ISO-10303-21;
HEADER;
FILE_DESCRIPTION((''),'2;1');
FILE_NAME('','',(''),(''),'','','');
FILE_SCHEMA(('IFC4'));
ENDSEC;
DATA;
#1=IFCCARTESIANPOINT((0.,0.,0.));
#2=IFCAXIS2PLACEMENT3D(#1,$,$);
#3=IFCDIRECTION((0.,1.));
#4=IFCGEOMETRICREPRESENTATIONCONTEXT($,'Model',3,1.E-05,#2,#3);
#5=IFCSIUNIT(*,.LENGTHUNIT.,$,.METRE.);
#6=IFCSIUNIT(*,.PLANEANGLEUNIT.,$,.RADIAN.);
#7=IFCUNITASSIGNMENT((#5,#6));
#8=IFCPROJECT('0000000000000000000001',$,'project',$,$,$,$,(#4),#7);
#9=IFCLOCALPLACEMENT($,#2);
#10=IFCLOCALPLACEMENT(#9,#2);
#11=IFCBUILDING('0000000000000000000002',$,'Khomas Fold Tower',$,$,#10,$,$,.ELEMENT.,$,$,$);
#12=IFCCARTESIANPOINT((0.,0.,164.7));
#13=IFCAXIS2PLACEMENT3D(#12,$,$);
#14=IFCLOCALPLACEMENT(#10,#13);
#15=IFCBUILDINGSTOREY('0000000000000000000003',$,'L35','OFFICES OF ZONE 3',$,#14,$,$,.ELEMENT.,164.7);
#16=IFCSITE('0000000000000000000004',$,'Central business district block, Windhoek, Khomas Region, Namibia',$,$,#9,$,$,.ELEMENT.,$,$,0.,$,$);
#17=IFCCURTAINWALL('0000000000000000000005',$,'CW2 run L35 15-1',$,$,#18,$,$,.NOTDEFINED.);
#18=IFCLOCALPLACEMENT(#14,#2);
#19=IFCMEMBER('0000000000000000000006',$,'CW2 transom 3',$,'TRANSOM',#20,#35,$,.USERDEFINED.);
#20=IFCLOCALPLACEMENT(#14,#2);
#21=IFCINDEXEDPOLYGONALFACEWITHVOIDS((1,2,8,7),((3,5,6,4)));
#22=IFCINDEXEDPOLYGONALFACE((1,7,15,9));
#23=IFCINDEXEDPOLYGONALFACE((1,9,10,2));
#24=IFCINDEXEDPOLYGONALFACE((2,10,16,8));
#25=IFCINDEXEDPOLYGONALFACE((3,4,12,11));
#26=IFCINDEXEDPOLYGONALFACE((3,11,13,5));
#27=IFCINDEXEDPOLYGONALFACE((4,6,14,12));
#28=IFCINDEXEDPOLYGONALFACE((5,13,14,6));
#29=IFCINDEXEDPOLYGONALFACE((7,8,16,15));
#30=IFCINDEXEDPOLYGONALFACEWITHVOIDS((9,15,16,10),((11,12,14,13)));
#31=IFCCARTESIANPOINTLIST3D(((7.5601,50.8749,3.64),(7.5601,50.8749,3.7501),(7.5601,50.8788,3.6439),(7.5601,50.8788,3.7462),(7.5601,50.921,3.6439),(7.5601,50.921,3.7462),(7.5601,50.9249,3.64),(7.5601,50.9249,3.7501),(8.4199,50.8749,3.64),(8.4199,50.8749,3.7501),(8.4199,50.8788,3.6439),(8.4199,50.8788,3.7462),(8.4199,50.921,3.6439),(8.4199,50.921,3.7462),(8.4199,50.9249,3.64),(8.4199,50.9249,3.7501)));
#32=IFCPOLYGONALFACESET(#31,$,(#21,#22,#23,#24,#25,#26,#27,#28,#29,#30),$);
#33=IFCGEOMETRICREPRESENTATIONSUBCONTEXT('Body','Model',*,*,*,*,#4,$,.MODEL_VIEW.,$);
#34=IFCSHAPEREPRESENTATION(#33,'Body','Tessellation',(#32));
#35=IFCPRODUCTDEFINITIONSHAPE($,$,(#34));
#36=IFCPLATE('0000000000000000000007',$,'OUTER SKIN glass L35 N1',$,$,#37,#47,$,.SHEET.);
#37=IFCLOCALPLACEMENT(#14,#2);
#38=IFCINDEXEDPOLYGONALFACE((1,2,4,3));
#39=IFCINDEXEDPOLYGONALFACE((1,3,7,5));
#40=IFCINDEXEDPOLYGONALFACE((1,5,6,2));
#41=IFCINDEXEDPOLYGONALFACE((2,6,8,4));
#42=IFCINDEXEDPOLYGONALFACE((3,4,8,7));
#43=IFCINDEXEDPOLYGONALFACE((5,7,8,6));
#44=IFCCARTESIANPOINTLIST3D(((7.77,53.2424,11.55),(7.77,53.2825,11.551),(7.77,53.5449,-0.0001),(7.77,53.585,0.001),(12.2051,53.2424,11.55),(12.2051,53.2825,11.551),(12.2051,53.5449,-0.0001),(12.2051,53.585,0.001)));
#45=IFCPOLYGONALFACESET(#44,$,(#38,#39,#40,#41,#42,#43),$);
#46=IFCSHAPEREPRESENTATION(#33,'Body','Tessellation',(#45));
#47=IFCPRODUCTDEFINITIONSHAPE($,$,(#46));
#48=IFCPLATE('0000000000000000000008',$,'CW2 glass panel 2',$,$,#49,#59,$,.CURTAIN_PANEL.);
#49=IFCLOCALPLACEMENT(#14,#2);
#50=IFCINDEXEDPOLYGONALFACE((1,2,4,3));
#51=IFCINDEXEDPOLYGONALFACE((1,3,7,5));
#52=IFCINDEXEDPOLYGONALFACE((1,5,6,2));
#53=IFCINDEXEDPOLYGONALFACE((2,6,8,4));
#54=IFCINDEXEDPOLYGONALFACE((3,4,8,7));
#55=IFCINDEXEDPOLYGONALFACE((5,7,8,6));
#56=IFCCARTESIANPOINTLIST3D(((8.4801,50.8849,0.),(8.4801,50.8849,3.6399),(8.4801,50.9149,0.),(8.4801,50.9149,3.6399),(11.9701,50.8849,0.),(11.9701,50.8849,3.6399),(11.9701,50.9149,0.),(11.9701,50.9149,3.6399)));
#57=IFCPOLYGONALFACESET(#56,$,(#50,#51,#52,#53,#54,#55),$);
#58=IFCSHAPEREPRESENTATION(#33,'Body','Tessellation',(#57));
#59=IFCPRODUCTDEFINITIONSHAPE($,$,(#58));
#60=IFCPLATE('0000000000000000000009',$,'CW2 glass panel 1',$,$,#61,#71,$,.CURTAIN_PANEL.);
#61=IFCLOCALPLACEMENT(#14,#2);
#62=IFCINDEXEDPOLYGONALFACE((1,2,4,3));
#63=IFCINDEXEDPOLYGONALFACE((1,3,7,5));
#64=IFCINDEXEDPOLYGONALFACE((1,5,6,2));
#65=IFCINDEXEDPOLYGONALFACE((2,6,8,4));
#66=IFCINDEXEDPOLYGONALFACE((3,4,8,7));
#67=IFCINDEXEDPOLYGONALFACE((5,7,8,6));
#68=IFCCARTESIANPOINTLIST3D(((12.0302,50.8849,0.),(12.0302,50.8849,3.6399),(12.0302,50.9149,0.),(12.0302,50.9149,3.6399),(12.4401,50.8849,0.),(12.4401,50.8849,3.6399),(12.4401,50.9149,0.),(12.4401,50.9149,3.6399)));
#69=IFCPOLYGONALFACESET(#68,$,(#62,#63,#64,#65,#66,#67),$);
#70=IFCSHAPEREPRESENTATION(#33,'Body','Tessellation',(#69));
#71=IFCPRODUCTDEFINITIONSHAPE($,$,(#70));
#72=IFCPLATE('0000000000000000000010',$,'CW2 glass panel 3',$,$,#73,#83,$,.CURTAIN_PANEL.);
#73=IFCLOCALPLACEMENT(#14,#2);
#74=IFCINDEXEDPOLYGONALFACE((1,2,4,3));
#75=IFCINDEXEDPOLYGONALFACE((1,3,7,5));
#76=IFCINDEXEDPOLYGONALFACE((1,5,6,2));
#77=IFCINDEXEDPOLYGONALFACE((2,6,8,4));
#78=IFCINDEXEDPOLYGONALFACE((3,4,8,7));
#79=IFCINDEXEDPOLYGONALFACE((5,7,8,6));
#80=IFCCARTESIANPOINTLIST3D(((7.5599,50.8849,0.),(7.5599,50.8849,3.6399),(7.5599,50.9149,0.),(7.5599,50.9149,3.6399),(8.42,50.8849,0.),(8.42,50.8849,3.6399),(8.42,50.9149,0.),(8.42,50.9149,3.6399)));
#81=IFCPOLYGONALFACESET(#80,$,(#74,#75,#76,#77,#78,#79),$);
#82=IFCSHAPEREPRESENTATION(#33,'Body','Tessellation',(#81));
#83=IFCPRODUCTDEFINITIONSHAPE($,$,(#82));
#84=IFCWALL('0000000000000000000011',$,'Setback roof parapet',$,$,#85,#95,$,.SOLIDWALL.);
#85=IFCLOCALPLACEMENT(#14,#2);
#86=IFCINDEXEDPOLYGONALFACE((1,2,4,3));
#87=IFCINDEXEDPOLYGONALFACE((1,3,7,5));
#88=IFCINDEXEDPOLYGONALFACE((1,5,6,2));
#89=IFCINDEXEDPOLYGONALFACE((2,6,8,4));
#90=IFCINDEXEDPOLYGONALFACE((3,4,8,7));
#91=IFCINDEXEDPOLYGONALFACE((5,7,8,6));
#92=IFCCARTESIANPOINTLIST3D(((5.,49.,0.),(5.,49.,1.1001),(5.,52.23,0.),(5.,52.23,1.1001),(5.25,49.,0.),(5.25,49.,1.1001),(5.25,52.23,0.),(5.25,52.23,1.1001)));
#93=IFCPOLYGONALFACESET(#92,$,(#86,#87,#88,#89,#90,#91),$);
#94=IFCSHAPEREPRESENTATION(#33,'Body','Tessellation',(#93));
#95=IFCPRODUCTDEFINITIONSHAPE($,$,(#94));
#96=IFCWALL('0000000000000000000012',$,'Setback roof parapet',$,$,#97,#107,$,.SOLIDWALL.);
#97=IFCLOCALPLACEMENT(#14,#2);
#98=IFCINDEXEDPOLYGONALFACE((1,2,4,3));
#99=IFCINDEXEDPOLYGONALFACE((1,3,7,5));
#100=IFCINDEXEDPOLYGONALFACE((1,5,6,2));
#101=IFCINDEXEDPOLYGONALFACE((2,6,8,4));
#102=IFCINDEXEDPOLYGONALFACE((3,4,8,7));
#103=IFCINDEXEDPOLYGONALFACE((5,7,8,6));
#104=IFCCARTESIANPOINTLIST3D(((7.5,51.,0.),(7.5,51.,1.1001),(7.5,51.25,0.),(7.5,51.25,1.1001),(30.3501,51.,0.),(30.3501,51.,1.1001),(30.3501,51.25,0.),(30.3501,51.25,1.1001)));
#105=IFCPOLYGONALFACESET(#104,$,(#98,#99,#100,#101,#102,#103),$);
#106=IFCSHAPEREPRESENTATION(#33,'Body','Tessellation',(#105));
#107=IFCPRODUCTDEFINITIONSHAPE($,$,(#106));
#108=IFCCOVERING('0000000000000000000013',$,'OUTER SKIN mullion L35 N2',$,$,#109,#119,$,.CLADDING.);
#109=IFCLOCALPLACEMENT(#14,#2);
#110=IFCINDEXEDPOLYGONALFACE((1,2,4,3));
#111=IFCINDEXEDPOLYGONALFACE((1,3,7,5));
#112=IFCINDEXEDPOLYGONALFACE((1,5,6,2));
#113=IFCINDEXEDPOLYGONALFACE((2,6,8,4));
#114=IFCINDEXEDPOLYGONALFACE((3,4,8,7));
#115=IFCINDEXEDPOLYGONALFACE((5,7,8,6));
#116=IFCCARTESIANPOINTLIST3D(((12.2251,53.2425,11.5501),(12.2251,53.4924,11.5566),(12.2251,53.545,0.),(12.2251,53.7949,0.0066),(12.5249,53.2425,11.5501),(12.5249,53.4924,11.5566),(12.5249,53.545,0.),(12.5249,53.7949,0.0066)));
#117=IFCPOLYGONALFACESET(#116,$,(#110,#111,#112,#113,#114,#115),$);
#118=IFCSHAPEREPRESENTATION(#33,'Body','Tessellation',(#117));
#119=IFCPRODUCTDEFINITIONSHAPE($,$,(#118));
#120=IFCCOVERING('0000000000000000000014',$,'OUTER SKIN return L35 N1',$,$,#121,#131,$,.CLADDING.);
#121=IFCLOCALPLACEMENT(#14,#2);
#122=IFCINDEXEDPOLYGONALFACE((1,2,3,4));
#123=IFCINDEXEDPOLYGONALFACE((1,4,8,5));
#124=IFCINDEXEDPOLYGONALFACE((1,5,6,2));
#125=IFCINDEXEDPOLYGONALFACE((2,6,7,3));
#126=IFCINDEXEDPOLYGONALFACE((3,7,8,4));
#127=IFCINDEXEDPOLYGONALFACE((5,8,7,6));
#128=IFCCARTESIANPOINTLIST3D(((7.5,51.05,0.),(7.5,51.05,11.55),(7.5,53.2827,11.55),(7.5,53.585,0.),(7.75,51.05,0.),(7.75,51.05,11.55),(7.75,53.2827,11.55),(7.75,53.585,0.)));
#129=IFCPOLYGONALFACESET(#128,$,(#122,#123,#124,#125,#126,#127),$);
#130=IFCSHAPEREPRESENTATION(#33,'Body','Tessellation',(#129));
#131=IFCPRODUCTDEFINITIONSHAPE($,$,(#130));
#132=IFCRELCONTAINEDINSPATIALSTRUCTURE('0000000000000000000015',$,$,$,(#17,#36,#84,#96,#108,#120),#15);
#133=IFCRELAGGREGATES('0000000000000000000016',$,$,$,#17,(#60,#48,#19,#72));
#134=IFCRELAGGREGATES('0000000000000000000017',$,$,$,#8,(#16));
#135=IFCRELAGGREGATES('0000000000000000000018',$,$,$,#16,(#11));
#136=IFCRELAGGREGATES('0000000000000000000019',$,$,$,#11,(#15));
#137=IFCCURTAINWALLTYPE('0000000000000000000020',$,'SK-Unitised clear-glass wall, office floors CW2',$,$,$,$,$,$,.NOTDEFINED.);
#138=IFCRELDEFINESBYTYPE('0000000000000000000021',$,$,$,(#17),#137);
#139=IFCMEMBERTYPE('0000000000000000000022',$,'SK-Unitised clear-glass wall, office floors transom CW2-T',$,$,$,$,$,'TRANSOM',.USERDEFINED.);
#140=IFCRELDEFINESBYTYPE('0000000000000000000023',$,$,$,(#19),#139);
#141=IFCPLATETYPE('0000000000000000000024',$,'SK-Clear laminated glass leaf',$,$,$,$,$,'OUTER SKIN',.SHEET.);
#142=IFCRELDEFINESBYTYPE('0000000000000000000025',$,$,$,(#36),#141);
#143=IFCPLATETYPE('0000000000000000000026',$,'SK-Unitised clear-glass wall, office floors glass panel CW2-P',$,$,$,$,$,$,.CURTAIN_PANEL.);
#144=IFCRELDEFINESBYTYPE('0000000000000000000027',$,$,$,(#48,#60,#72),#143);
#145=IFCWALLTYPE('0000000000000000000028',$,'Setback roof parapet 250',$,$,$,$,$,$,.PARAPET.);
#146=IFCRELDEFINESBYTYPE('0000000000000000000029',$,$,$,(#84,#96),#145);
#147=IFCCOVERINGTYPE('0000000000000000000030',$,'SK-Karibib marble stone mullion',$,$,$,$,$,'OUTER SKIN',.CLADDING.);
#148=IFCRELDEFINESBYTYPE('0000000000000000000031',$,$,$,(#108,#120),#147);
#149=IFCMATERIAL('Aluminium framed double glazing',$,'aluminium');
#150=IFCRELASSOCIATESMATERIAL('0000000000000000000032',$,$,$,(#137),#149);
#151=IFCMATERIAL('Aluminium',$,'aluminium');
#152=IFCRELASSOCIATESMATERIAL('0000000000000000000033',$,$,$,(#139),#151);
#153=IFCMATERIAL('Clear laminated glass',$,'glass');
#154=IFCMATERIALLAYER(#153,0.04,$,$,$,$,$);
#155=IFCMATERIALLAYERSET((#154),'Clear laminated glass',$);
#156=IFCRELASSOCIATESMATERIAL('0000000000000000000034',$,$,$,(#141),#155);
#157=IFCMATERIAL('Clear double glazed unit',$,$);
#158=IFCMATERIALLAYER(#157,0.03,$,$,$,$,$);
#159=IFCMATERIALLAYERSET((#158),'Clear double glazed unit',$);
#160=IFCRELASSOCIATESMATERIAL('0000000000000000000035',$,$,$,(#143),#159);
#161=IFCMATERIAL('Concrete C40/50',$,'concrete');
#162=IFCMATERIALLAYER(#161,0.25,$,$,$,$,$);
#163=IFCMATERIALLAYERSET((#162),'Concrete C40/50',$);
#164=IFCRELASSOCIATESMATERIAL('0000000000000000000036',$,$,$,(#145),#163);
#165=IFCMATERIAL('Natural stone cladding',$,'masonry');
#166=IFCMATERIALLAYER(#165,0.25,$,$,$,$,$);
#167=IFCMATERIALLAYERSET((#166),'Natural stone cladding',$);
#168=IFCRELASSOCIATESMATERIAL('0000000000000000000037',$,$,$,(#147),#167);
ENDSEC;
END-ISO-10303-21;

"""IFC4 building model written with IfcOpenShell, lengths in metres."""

from ifc_helpers import new_model, si_unit, direction, frame, frame_2d, origin, origin_2d, place, context, subcontext, project, spatial, polyline, rectangle, hollow_rectangle, outline, extrude, source, transform, mapped, material, layer, layer_set, material_profile, profile_set, type_object, element, aggregate, save


model = new_model("IFC4")

# Units and contexts
model_context = context("Model", 3, precision=1e-05, world=origin(), true_north=direction((0.0, 1.0)))
body_context = subcontext(model_context, "Body", "Model", "MODEL_VIEW")
ifc_project = project(units=[si_unit("LENGTHUNIT", "METRE"), si_unit("PLANEANGLEUNIT", "RADIAN")], contexts=[model_context])

# Site, building, storey
site_placement = place(None, origin())
site = spatial("IfcSite", under=ifc_project, at=site_placement, Name="Central business district block, Windhoek, Khomas Region, Namibia", CompositionType="ELEMENT", RefElevation=0.0)
building_placement = place(site_placement, origin())
building = spatial("IfcBuilding", under=site, at=building_placement, Name="Khomas Fold Tower", CompositionType="ELEMENT")
storey_placement = place(building_placement, frame((0.0, 0.0, 164.7)))
storey = spatial("IfcBuildingStorey", under=building, at=storey_placement, Name="L35", Description="OFFICES OF ZONE 3", CompositionType="ELEMENT", Elevation=164.7)

# Curtain wall
ifc_material_1 = material(Name="Aluminium framed double glazing", Category="aluminium")
curtain_wall_type = type_object("IfcCurtainWallType", Name="SK-Unitised clear-glass wall, office floors CW2", PredefinedType="NOTDEFINED", material=ifc_material_1)
curtain_wall_1_placement = place(storey_placement, origin())
curtain_wall_1 = element("IfcCurtainWall", 1, at=curtain_wall_1_placement, inside=storey, type_object=curtain_wall_type, Name="CW2 run L35 15-1", PredefinedType="NOTDEFINED")

# Shared definitions
ifc_material_2 = material(Name="Aluminium", Category="aluminium")
ifc_material_profile_1 = material_profile(ifc_material_2, hollow_rectangle(XDim=0.05, YDim=0.1101, WallThickness=0.0039, at=origin_2d()), Name="SK-Unitised clear-glass wall, office floors transom CW2-T")
ifc_profile_set_1 = profile_set([ifc_material_profile_1], Name="Aluminium")
member_type_1 = type_object("IfcMemberType", Name="SK-Unitised clear-glass wall, office floors transom CW2-T", ElementType="TRANSOM", PredefinedType="USERDEFINED", material=ifc_profile_set_1)

# Member
shared_shape_1 = source(origin(), body_context, "Body", "SweptSolid", [
    extrude(hollow_rectangle(XDim=0.05, YDim=0.1101, WallThickness=0.0039, at=origin_2d()), origin(), (0.0, 0.0, 1.0), 0.8599),
])
member_1_placement = place(storey_placement, frame((8.4199, 50.8999, 3.6951), z_axis=(-1.0, 0.0, 0.0), x_axis=(0.0, -1.0, 0.0)))
member_1 = element("IfcMember", 2, at=member_1_placement, type_object=member_type_1, Name="CW2 transom 3", ObjectType="TRANSOM", PredefinedType="USERDEFINED", context=body_context, shape_type="MappedRepresentation", body=[
    mapped(shared_shape_1, transform((0.0, 0.0, 0.0))),
])

# Plates
ifc_material_3 = material(Name="Clear laminated glass", Category="glass")
ifc_layer_1 = layer(ifc_material_3, 0.04)
ifc_layer_set_1 = layer_set([ifc_layer_1], Name="Clear laminated glass")
plate_type_1 = type_object("IfcPlateType", Name="SK-Clear laminated glass leaf", ElementType="OUTER SKIN", PredefinedType="SHEET", material=ifc_layer_set_1)
plate_1_placement = place(storey_placement, frame((7.77, 53.585, 0.001), z_axis=(0.0, 0.999657, 0.026181), x_axis=(1.0, 0.0, 0.0)))
element("IfcPlate", 3, at=plate_1_placement, inside=storey, type_object=plate_type_1, Name="OUTER SKIN glass L35 N1", PredefinedType="SHEET", context=body_context, shape_type="SweptSolid", body=[
    extrude(outline(polyline([(0.0, 0.0), (4.4351, 0.0), (4.4351, -11.554), (0.0, -11.554), (0.0, 0.0)])), origin(), (0.0, 0.0, -1.0), 0.04),
])
ifc_material_4 = material(Name="Clear double glazed unit")
ifc_layer_2 = layer(ifc_material_4, 0.03)
ifc_layer_set_2 = layer_set([ifc_layer_2], Name="Clear double glazed unit")
plate_type_2 = type_object("IfcPlateType", Name="SK-Unitised clear-glass wall, office floors glass panel CW2-P", PredefinedType="CURTAIN_PANEL", material=ifc_layer_set_2)
shared_shape_2 = source(origin(), body_context, "Body", "SweptSolid", [
    extrude(rectangle(XDim=3.49, YDim=0.03, at=origin_2d()), origin(), (0.0, 0.0, 1.0), 3.6399),
])
plate_2_placement = place(storey_placement, frame((10.2251, 50.8999, 0.0), z_axis=(0.0, 0.0, 1.0), x_axis=(-1.0, 0.0, 0.0)))
plate_2 = element("IfcPlate", 4, at=plate_2_placement, type_object=plate_type_2, Name="CW2 glass panel 2", PredefinedType="CURTAIN_PANEL", context=body_context, shape_type="MappedRepresentation", body=[
    mapped(shared_shape_2, transform((0.0, 0.0, 0.0))),
])
shared_shape_3 = source(origin(), body_context, "Body", "SweptSolid", [
    extrude(rectangle(XDim=0.4099, YDim=0.03, at=origin_2d()), origin(), (0.0, 0.0, 1.0), 3.6399),
])
plate_3_placement = place(storey_placement, frame((12.2351, 50.8999, 0.0), z_axis=(0.0, 0.0, 1.0), x_axis=(-1.0, 0.0, 0.0)))
plate_3 = element("IfcPlate", 5, at=plate_3_placement, type_object=plate_type_2, Name="CW2 glass panel 1", PredefinedType="CURTAIN_PANEL", context=body_context, shape_type="MappedRepresentation", body=[
    mapped(shared_shape_3, transform((0.0, 0.0, 0.0))),
])
shared_shape_4 = source(origin(), body_context, "Body", "SweptSolid", [
    extrude(rectangle(XDim=0.8601, YDim=0.03, at=origin_2d()), origin(), (0.0, 0.0, 1.0), 3.6399),
])
plate_4_placement = place(storey_placement, frame((7.99, 50.8999, 0.0), z_axis=(0.0, 0.0, 1.0), x_axis=(-1.0, 0.0, 0.0)))
plate_4 = element("IfcPlate", 6, at=plate_4_placement, type_object=plate_type_2, Name="CW2 glass panel 3", PredefinedType="CURTAIN_PANEL", context=body_context, shape_type="MappedRepresentation", body=[
    mapped(shared_shape_4, transform((0.0, 0.0, 0.0))),
])
aggregate(curtain_wall_1, [plate_3, plate_2, member_1, plate_4])

# Walls
ifc_material_5 = material(Name="Concrete C40/50", Category="concrete")
ifc_layer_3 = layer(ifc_material_5, 0.25)
ifc_layer_set_3 = layer_set([ifc_layer_3], Name="Concrete C40/50")
wall_type = type_object("IfcWallType", Name="Setback roof parapet 250", PredefinedType="PARAPET", material=ifc_layer_set_3)
shared_shape_5 = source(origin(), body_context, "Body", "SweptSolid", [
    extrude(rectangle(XDim=3.23, YDim=0.25, at=frame_2d((1.615, 0.0))), origin(), (0.0, 0.0, 1.0), 1.1001),
])
wall_1_placement = place(storey_placement, frame((5.125, 52.23, 0.0), z_axis=(0.0, 0.0, 1.0), x_axis=(0.0, -1.0, 0.0)))
element("IfcWall", 7, at=wall_1_placement, inside=storey, type_object=wall_type, Name="Setback roof parapet", PredefinedType="SOLIDWALL", context=body_context, shape_type="MappedRepresentation", body=[
    mapped(shared_shape_5, transform((0.0, 0.0, 0.0))),
])
shared_shape_6 = source(origin(), body_context, "Body", "SweptSolid", [
    extrude(rectangle(XDim=22.8501, YDim=0.25, at=frame_2d((11.425, 0.0))), origin(), (0.0, 0.0, 1.0), 1.1001),
])
wall_2_placement = place(storey_placement, frame((7.5, 51.125, 0.0), z_axis=(0.0, 0.0, 1.0), x_axis=(1.0, 0.0, 0.0)))
element("IfcWall", 8, at=wall_2_placement, inside=storey, type_object=wall_type, Name="Setback roof parapet", PredefinedType="SOLIDWALL", context=body_context, shape_type="MappedRepresentation", body=[
    mapped(shared_shape_6, transform((0.0, 0.0, 0.0))),
])

# Coverings
ifc_material_6 = material(Name="Natural stone cladding", Category="masonry")
ifc_layer_4 = layer(ifc_material_6, 0.25)
ifc_layer_set_4 = layer_set([ifc_layer_4], Name="Natural stone cladding")
covering_type = type_object("IfcCoveringType", Name="SK-Karibib marble stone mullion", ElementType="OUTER SKIN", PredefinedType="CLADDING", material=ifc_layer_set_4)
covering_1_placement = place(storey_placement, frame((12.2251, 53.7949, 0.0066), z_axis=(0.0, 0.999657, 0.026181), x_axis=(1.0, 0.0, 0.0)))
element("IfcCovering", 9, at=covering_1_placement, inside=storey, type_object=covering_type, Name="OUTER SKIN mullion L35 N2", PredefinedType="CLADDING", context=body_context, shape_type="SweptSolid", body=[
    extrude(outline(polyline([(0.0, 0.0), (0.2998, 0.0), (0.2998, -11.554), (0.0, -11.554), (0.0, 0.0)])), origin(), (0.0, 0.0, -1.0), 0.25),
])
covering_2_placement = place(storey_placement, frame((7.5, 51.05, 11.55), z_axis=(-1.0, 0.0, 0.0), x_axis=(0.0, 1.0, 0.0)))
element("IfcCovering", 10, at=covering_2_placement, inside=storey, type_object=covering_type, Name="OUTER SKIN return L35 N1", PredefinedType="CLADDING", context=body_context, shape_type="SweptSolid", body=[
    extrude(outline(polyline([(0.0, 0.0), (2.2327, 0.0), (2.5349, 11.55), (0.0, 11.55), (0.0, 0.0)])), origin(), (0.0, 0.0, -1.0), 0.25),
])

save(model, "model.ifc")
